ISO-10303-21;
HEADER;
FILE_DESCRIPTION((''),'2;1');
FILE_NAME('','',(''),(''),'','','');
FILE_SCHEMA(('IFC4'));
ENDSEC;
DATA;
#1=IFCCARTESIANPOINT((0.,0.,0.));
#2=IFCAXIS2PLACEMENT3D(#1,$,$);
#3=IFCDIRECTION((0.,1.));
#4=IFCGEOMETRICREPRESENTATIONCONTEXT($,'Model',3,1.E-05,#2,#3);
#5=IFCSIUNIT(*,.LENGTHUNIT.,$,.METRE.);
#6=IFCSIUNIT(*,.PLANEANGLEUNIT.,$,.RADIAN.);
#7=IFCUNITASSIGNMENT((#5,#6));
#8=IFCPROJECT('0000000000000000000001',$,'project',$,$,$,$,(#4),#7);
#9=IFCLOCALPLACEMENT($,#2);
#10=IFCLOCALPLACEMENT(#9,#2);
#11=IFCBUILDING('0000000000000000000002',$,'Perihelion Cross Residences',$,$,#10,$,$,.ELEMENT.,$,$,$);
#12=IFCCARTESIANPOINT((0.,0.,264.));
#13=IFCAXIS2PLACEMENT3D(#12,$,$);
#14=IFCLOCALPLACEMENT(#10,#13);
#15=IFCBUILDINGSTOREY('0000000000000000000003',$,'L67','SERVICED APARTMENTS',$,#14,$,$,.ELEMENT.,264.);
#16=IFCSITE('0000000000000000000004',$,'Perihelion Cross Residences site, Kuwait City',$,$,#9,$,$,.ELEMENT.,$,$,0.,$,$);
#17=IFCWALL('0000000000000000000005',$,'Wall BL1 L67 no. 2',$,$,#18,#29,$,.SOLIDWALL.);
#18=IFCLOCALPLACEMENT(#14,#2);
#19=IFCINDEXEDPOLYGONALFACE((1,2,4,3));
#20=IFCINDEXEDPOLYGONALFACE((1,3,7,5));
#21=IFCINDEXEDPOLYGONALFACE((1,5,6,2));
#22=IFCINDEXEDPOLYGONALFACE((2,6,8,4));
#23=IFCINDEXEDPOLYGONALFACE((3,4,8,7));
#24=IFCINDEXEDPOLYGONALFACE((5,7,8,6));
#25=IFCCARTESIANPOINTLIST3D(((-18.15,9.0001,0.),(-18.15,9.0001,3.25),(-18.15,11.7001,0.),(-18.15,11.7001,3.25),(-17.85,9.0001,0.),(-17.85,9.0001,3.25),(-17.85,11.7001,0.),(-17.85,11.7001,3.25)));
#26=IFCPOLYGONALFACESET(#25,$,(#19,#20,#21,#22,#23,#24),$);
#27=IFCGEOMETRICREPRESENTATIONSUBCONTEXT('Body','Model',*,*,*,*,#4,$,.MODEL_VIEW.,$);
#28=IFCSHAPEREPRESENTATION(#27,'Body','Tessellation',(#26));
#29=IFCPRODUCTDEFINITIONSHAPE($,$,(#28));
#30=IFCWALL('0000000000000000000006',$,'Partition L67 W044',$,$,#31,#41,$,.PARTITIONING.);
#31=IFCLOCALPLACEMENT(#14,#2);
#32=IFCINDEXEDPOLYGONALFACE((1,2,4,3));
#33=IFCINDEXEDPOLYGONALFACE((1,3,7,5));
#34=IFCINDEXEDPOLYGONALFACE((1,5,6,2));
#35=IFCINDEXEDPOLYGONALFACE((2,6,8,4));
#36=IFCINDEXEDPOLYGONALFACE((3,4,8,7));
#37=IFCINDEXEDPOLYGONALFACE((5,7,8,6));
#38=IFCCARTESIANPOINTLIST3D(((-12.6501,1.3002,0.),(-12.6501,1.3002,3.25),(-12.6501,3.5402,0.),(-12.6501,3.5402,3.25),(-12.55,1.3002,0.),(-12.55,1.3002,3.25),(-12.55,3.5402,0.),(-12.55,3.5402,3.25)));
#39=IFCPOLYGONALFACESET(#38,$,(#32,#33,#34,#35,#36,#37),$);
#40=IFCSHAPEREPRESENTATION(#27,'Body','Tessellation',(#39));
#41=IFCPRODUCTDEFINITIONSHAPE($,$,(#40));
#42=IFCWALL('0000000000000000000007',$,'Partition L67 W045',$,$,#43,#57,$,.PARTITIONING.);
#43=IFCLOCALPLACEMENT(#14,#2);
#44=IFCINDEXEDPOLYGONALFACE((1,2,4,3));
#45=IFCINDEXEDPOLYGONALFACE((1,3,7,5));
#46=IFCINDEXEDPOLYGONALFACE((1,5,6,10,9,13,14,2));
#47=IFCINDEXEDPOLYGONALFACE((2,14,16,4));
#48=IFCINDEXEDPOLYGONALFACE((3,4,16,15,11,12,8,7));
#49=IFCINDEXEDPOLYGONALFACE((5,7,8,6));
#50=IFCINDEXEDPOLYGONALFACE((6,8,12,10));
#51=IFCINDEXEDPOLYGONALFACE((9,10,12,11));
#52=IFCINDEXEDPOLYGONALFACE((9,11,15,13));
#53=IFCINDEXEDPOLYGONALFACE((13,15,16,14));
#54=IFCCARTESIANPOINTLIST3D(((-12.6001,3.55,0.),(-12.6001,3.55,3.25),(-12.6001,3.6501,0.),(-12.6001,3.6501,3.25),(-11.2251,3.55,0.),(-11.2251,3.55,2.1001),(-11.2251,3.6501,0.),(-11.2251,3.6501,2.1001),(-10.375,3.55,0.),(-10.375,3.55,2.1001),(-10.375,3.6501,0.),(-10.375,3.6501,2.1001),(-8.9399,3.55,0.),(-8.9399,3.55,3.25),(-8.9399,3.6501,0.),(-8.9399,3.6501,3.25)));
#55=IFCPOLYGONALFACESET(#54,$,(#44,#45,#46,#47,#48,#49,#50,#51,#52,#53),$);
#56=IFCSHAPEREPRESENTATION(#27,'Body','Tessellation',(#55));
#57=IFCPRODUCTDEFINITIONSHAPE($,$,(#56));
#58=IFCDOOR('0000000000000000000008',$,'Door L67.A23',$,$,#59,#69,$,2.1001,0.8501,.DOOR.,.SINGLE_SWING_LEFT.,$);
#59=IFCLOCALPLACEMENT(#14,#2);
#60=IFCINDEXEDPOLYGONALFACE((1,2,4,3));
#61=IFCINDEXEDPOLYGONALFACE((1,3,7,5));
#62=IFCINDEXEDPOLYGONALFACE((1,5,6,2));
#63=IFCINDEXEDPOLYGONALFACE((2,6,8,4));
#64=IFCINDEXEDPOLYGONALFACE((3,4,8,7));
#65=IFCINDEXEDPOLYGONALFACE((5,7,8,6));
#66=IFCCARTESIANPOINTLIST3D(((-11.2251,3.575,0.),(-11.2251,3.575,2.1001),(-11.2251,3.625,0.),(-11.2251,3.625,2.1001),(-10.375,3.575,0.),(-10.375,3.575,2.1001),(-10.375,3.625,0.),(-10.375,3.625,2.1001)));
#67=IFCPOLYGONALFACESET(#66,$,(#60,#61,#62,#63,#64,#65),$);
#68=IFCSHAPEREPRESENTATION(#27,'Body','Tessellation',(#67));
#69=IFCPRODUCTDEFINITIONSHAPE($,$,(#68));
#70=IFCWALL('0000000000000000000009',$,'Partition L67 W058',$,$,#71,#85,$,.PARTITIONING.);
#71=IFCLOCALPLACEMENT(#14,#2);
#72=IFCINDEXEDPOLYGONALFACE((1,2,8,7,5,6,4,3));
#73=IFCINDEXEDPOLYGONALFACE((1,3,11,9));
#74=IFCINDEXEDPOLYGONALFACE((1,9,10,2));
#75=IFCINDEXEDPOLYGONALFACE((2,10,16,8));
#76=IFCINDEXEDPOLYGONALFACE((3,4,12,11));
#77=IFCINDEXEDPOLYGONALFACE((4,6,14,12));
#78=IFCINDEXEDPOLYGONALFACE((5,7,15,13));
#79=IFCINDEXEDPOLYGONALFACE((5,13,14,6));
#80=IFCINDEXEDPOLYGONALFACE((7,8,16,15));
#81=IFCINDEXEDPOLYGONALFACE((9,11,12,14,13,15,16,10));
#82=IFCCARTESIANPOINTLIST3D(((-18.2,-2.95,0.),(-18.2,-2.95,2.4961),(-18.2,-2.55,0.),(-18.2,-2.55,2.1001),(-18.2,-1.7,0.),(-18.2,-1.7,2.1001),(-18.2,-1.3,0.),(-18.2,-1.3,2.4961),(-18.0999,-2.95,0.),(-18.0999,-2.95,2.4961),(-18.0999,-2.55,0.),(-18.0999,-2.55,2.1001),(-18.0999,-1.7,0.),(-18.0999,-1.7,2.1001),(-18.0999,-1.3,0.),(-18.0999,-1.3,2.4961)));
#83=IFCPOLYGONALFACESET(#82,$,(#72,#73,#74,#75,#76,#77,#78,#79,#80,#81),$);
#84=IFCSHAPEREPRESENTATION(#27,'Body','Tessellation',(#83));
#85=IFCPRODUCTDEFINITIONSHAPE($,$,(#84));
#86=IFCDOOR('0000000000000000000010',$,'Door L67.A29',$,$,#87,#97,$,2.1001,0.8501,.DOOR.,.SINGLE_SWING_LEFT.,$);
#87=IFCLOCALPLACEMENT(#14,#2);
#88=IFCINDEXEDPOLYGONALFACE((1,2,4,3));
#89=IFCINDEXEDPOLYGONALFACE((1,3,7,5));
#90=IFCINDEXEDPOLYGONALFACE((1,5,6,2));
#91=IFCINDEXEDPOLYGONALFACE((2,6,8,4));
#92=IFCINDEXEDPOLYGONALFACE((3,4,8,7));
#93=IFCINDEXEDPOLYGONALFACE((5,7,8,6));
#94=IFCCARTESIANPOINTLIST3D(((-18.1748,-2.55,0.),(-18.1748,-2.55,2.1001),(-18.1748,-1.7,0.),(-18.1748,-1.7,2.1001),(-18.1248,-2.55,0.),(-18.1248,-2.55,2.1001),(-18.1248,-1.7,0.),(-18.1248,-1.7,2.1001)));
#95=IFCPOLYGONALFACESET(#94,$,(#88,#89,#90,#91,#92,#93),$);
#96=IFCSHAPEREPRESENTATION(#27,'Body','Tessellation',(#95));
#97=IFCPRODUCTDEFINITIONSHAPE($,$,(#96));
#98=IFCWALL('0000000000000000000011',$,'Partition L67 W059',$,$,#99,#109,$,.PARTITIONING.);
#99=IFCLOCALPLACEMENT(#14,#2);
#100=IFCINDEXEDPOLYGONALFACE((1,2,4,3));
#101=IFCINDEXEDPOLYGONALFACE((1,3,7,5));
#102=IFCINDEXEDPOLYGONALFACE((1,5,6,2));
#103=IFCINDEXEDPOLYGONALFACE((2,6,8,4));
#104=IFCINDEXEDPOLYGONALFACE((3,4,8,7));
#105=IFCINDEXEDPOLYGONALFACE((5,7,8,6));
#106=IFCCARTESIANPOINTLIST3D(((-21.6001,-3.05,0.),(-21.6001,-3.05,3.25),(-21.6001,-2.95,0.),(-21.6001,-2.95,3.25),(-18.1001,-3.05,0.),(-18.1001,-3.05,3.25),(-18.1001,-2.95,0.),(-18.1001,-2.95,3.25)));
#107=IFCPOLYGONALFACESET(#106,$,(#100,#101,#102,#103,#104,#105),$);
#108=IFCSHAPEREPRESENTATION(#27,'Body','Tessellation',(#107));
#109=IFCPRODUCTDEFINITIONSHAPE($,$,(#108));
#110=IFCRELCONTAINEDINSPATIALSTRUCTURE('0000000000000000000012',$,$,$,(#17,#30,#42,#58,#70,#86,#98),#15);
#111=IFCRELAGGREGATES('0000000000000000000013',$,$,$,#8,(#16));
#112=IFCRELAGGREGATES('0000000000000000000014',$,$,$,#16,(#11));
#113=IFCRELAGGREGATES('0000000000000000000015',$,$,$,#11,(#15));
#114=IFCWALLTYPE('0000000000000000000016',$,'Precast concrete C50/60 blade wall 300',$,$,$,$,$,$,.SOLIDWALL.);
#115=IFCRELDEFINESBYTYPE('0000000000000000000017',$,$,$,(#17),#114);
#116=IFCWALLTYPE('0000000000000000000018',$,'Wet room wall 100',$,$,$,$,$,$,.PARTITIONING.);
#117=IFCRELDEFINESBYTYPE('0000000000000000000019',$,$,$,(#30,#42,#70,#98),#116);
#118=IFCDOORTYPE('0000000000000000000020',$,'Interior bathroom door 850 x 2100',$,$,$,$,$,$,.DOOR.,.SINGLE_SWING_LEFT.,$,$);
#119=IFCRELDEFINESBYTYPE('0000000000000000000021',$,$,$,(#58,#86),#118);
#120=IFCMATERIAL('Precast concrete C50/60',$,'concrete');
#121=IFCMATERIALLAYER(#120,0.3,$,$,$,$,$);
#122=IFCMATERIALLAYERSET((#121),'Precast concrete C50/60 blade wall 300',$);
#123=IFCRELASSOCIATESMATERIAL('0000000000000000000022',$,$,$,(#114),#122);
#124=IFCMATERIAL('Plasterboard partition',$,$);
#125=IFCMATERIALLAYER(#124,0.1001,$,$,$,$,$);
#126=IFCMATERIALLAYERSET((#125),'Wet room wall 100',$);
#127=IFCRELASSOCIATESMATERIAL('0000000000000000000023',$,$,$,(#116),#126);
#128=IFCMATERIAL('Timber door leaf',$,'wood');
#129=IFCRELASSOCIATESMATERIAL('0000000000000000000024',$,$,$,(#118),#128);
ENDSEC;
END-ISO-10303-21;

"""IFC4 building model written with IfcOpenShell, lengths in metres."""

from ifc_helpers import new_model, si_unit, direction, frame, frame_2d, origin, place, context, subcontext, project, spatial, rectangle, extrude, material, layer, layer_set, type_object, element, fill, save


model = new_model("IFC4")

# Units and contexts
model_context = context("Model", 3, precision=1e-05, world=origin(), true_north=direction((0.0, 1.0)))
body_context = subcontext(model_context, "Body", "Model", "MODEL_VIEW")
ifc_project = project(units=[si_unit("LENGTHUNIT", "METRE"), si_unit("PLANEANGLEUNIT", "RADIAN")], contexts=[model_context])

# Site, building, storey
site_placement = place(None, origin())
site = spatial("IfcSite", under=ifc_project, at=site_placement, Name="Perihelion Cross Residences site, Kuwait City", CompositionType="ELEMENT", RefElevation=0.0)
building_placement = place(site_placement, origin())
building = spatial("IfcBuilding", under=site, at=building_placement, Name="Perihelion Cross Residences", CompositionType="ELEMENT")
storey_placement = place(building_placement, frame((0.0, 0.0, 264.0)))
storey = spatial("IfcBuildingStorey", under=building, at=storey_placement, Name="L67", Description="SERVICED APARTMENTS", CompositionType="ELEMENT", Elevation=264.0)

# Walls
ifc_material_1 = material(Name="Precast concrete C50/60", Category="concrete")
ifc_layer_1 = layer(ifc_material_1, 0.3)
ifc_layer_set_1 = layer_set([ifc_layer_1], Name="Precast concrete C50/60 blade wall 300")
wall_type_1 = type_object("IfcWallType", Name="Precast concrete C50/60 blade wall 300", PredefinedType="SOLIDWALL", material=ifc_layer_set_1)
for number, where, z_axis, x_axis, name in (
    (1, (-18.0, 9.0, 0.0), (0.0, 0.0, 1.0), (0.0, 1.0, 0.0), "Wall BL1 L67 no. 2"),
):
    element("IfcWall", number, at=place(storey_placement, frame(where, z_axis=z_axis, x_axis=x_axis)), inside=storey, type_object=wall_type_1, Name=name, PredefinedType="SOLIDWALL", context=body_context, shape_type="SweptSolid", body=[
        extrude(rectangle(XDim=2.7, YDim=0.3, at=frame_2d((1.3501, 0.0))), origin(), (0.0, 0.0, 1.0), 3.25),
    ])
ifc_material_2 = material(Name="Plasterboard partition")
ifc_layer_2 = layer(ifc_material_2, 0.1001)
ifc_layer_set_2 = layer_set([ifc_layer_2], Name="Wet room wall 100")
wall_type_2 = type_object("IfcWallType", Name="Wet room wall 100", PredefinedType="PARTITIONING", material=ifc_layer_set_2)
wall_1_placement = place(storey_placement, frame((-12.6001, 1.3, 0.0), z_axis=(0.0, 0.0, 1.0), x_axis=(0.0, 1.0, 0.0)))
element("IfcWall", 2, at=wall_1_placement, inside=storey, type_object=wall_type_2, Name="Partition L67 W044", PredefinedType="PARTITIONING", context=body_context, shape_type="SweptSolid", body=[
    extrude(rectangle(XDim=2.24, YDim=0.1001, at=frame_2d((1.1201, 0.0))), origin(), (0.0, 0.0, 1.0), 3.25),
])

# Walls, openings, doors
wall_2_placement = place(storey_placement, frame((-12.6001, 3.6001, 0.0), z_axis=(0.0, 0.0, 1.0), x_axis=(1.0, 0.0, 0.0)))
wall_2 = element("IfcWall", 3, at=wall_2_placement, inside=storey, type_object=wall_type_2, Name="Partition L67 W045", PredefinedType="PARTITIONING", context=body_context, shape_type="SweptSolid", body=[
    extrude(rectangle(XDim=3.6602, YDim=0.1001, at=frame_2d((1.8301, 0.0))), origin(), (0.0, 0.0, 1.0), 3.25),
])
opening_1_placement = place(wall_2_placement, frame((1.375, 0.0, 0.0)))
opening_1 = element("IfcOpeningElement", 4, at=opening_1_placement, cuts=wall_2, PredefinedType="OPENING", context=body_context, shape_type="SweptSolid", body=[
    extrude(rectangle(XDim=0.8501, YDim=2.1001, at=frame_2d((0.425, 1.05))), frame((0.0, 0.0601, 0.0), z_axis=(0.0, -1.0, 0.0), x_axis=(1.0, 0.0, 0.0)), (0.0, 0.0, 1.0), 0.1201),
])
ifc_material_3 = material(Name="Timber door leaf", Category="wood")
door_type_1 = type_object("IfcDoorType", Name="Interior bathroom door 850 x 2100", OperationType="SINGLE_SWING_LEFT", PredefinedType="DOOR", material=ifc_material_3)
door_1_placement = place(opening_1_placement, origin())
door_1 = element("IfcDoor", 5, at=door_1_placement, inside=storey, type_object=door_type_1, Name="Door L67.A23", OperationType="SINGLE_SWING_LEFT", OverallHeight=2.1001, OverallWidth=0.8501, PredefinedType="DOOR", context=body_context, shape_type="SweptSolid", body=[
    extrude(rectangle(XDim=0.8501, YDim=2.1001, at=frame_2d((0.425, 1.05))), frame((0.0, 0.0249, 0.0), z_axis=(0.0, -1.0, 0.0), x_axis=(1.0, 0.0, 0.0)), (0.0, 0.0, 1.0), 0.05),
])
fill(opening_1, door_1)
wall_3_placement = place(storey_placement, frame((-18.1499, -2.95, 0.0), z_axis=(0.0, 0.0, 1.0), x_axis=(0.0, 1.0, 0.0)))
wall_3 = element("IfcWall", 6, at=wall_3_placement, inside=storey, type_object=wall_type_2, Name="Partition L67 W058", PredefinedType="PARTITIONING", context=body_context, shape_type="SweptSolid", body=[
    extrude(rectangle(XDim=1.6499, YDim=0.1001, at=frame_2d((0.825, 0.0))), origin(), (0.0, 0.0, 1.0), 2.4961),
])
opening_2_placement = place(wall_3_placement, frame((0.3999, 0.0, 0.0)))
opening_2 = element("IfcOpeningElement", 7, at=opening_2_placement, cuts=wall_3, PredefinedType="OPENING", context=body_context, shape_type="SweptSolid", body=[
    extrude(rectangle(XDim=0.8501, YDim=2.1001, at=frame_2d((0.425, 1.05))), frame((0.0, 0.0601, 0.0), z_axis=(0.0, -1.0, 0.0), x_axis=(1.0, 0.0, 0.0)), (0.0, 0.0, 1.0), 0.1201),
])
door_2_placement = place(opening_2_placement, origin())
door_2 = element("IfcDoor", 8, at=door_2_placement, inside=storey, type_object=door_type_1, Name="Door L67.A29", OperationType="SINGLE_SWING_LEFT", OverallHeight=2.1001, OverallWidth=0.8501, PredefinedType="DOOR", context=body_context, shape_type="SweptSolid", body=[
    extrude(rectangle(XDim=0.8501, YDim=2.1001, at=frame_2d((0.425, 1.05))), frame((0.0, 0.0249, 0.0), z_axis=(0.0, -1.0, 0.0), x_axis=(1.0, 0.0, 0.0)), (0.0, 0.0, 1.0), 0.05),
])
fill(opening_2, door_2)

# Wall
wall_4_placement = place(storey_placement, frame((-18.1001, -3.0, 0.0), z_axis=(0.0, 0.0, 1.0), x_axis=(-1.0, 0.0, 0.0)))
element("IfcWall", 9, at=wall_4_placement, inside=storey, type_object=wall_type_2, Name="Partition L67 W059", PredefinedType="PARTITIONING", context=body_context, shape_type="SweptSolid", body=[
    extrude(rectangle(XDim=3.5, YDim=0.1001, at=frame_2d((1.75, 0.0))), origin(), (0.0, 0.0, 1.0), 3.25),
])

save(model, "model.ifc")
